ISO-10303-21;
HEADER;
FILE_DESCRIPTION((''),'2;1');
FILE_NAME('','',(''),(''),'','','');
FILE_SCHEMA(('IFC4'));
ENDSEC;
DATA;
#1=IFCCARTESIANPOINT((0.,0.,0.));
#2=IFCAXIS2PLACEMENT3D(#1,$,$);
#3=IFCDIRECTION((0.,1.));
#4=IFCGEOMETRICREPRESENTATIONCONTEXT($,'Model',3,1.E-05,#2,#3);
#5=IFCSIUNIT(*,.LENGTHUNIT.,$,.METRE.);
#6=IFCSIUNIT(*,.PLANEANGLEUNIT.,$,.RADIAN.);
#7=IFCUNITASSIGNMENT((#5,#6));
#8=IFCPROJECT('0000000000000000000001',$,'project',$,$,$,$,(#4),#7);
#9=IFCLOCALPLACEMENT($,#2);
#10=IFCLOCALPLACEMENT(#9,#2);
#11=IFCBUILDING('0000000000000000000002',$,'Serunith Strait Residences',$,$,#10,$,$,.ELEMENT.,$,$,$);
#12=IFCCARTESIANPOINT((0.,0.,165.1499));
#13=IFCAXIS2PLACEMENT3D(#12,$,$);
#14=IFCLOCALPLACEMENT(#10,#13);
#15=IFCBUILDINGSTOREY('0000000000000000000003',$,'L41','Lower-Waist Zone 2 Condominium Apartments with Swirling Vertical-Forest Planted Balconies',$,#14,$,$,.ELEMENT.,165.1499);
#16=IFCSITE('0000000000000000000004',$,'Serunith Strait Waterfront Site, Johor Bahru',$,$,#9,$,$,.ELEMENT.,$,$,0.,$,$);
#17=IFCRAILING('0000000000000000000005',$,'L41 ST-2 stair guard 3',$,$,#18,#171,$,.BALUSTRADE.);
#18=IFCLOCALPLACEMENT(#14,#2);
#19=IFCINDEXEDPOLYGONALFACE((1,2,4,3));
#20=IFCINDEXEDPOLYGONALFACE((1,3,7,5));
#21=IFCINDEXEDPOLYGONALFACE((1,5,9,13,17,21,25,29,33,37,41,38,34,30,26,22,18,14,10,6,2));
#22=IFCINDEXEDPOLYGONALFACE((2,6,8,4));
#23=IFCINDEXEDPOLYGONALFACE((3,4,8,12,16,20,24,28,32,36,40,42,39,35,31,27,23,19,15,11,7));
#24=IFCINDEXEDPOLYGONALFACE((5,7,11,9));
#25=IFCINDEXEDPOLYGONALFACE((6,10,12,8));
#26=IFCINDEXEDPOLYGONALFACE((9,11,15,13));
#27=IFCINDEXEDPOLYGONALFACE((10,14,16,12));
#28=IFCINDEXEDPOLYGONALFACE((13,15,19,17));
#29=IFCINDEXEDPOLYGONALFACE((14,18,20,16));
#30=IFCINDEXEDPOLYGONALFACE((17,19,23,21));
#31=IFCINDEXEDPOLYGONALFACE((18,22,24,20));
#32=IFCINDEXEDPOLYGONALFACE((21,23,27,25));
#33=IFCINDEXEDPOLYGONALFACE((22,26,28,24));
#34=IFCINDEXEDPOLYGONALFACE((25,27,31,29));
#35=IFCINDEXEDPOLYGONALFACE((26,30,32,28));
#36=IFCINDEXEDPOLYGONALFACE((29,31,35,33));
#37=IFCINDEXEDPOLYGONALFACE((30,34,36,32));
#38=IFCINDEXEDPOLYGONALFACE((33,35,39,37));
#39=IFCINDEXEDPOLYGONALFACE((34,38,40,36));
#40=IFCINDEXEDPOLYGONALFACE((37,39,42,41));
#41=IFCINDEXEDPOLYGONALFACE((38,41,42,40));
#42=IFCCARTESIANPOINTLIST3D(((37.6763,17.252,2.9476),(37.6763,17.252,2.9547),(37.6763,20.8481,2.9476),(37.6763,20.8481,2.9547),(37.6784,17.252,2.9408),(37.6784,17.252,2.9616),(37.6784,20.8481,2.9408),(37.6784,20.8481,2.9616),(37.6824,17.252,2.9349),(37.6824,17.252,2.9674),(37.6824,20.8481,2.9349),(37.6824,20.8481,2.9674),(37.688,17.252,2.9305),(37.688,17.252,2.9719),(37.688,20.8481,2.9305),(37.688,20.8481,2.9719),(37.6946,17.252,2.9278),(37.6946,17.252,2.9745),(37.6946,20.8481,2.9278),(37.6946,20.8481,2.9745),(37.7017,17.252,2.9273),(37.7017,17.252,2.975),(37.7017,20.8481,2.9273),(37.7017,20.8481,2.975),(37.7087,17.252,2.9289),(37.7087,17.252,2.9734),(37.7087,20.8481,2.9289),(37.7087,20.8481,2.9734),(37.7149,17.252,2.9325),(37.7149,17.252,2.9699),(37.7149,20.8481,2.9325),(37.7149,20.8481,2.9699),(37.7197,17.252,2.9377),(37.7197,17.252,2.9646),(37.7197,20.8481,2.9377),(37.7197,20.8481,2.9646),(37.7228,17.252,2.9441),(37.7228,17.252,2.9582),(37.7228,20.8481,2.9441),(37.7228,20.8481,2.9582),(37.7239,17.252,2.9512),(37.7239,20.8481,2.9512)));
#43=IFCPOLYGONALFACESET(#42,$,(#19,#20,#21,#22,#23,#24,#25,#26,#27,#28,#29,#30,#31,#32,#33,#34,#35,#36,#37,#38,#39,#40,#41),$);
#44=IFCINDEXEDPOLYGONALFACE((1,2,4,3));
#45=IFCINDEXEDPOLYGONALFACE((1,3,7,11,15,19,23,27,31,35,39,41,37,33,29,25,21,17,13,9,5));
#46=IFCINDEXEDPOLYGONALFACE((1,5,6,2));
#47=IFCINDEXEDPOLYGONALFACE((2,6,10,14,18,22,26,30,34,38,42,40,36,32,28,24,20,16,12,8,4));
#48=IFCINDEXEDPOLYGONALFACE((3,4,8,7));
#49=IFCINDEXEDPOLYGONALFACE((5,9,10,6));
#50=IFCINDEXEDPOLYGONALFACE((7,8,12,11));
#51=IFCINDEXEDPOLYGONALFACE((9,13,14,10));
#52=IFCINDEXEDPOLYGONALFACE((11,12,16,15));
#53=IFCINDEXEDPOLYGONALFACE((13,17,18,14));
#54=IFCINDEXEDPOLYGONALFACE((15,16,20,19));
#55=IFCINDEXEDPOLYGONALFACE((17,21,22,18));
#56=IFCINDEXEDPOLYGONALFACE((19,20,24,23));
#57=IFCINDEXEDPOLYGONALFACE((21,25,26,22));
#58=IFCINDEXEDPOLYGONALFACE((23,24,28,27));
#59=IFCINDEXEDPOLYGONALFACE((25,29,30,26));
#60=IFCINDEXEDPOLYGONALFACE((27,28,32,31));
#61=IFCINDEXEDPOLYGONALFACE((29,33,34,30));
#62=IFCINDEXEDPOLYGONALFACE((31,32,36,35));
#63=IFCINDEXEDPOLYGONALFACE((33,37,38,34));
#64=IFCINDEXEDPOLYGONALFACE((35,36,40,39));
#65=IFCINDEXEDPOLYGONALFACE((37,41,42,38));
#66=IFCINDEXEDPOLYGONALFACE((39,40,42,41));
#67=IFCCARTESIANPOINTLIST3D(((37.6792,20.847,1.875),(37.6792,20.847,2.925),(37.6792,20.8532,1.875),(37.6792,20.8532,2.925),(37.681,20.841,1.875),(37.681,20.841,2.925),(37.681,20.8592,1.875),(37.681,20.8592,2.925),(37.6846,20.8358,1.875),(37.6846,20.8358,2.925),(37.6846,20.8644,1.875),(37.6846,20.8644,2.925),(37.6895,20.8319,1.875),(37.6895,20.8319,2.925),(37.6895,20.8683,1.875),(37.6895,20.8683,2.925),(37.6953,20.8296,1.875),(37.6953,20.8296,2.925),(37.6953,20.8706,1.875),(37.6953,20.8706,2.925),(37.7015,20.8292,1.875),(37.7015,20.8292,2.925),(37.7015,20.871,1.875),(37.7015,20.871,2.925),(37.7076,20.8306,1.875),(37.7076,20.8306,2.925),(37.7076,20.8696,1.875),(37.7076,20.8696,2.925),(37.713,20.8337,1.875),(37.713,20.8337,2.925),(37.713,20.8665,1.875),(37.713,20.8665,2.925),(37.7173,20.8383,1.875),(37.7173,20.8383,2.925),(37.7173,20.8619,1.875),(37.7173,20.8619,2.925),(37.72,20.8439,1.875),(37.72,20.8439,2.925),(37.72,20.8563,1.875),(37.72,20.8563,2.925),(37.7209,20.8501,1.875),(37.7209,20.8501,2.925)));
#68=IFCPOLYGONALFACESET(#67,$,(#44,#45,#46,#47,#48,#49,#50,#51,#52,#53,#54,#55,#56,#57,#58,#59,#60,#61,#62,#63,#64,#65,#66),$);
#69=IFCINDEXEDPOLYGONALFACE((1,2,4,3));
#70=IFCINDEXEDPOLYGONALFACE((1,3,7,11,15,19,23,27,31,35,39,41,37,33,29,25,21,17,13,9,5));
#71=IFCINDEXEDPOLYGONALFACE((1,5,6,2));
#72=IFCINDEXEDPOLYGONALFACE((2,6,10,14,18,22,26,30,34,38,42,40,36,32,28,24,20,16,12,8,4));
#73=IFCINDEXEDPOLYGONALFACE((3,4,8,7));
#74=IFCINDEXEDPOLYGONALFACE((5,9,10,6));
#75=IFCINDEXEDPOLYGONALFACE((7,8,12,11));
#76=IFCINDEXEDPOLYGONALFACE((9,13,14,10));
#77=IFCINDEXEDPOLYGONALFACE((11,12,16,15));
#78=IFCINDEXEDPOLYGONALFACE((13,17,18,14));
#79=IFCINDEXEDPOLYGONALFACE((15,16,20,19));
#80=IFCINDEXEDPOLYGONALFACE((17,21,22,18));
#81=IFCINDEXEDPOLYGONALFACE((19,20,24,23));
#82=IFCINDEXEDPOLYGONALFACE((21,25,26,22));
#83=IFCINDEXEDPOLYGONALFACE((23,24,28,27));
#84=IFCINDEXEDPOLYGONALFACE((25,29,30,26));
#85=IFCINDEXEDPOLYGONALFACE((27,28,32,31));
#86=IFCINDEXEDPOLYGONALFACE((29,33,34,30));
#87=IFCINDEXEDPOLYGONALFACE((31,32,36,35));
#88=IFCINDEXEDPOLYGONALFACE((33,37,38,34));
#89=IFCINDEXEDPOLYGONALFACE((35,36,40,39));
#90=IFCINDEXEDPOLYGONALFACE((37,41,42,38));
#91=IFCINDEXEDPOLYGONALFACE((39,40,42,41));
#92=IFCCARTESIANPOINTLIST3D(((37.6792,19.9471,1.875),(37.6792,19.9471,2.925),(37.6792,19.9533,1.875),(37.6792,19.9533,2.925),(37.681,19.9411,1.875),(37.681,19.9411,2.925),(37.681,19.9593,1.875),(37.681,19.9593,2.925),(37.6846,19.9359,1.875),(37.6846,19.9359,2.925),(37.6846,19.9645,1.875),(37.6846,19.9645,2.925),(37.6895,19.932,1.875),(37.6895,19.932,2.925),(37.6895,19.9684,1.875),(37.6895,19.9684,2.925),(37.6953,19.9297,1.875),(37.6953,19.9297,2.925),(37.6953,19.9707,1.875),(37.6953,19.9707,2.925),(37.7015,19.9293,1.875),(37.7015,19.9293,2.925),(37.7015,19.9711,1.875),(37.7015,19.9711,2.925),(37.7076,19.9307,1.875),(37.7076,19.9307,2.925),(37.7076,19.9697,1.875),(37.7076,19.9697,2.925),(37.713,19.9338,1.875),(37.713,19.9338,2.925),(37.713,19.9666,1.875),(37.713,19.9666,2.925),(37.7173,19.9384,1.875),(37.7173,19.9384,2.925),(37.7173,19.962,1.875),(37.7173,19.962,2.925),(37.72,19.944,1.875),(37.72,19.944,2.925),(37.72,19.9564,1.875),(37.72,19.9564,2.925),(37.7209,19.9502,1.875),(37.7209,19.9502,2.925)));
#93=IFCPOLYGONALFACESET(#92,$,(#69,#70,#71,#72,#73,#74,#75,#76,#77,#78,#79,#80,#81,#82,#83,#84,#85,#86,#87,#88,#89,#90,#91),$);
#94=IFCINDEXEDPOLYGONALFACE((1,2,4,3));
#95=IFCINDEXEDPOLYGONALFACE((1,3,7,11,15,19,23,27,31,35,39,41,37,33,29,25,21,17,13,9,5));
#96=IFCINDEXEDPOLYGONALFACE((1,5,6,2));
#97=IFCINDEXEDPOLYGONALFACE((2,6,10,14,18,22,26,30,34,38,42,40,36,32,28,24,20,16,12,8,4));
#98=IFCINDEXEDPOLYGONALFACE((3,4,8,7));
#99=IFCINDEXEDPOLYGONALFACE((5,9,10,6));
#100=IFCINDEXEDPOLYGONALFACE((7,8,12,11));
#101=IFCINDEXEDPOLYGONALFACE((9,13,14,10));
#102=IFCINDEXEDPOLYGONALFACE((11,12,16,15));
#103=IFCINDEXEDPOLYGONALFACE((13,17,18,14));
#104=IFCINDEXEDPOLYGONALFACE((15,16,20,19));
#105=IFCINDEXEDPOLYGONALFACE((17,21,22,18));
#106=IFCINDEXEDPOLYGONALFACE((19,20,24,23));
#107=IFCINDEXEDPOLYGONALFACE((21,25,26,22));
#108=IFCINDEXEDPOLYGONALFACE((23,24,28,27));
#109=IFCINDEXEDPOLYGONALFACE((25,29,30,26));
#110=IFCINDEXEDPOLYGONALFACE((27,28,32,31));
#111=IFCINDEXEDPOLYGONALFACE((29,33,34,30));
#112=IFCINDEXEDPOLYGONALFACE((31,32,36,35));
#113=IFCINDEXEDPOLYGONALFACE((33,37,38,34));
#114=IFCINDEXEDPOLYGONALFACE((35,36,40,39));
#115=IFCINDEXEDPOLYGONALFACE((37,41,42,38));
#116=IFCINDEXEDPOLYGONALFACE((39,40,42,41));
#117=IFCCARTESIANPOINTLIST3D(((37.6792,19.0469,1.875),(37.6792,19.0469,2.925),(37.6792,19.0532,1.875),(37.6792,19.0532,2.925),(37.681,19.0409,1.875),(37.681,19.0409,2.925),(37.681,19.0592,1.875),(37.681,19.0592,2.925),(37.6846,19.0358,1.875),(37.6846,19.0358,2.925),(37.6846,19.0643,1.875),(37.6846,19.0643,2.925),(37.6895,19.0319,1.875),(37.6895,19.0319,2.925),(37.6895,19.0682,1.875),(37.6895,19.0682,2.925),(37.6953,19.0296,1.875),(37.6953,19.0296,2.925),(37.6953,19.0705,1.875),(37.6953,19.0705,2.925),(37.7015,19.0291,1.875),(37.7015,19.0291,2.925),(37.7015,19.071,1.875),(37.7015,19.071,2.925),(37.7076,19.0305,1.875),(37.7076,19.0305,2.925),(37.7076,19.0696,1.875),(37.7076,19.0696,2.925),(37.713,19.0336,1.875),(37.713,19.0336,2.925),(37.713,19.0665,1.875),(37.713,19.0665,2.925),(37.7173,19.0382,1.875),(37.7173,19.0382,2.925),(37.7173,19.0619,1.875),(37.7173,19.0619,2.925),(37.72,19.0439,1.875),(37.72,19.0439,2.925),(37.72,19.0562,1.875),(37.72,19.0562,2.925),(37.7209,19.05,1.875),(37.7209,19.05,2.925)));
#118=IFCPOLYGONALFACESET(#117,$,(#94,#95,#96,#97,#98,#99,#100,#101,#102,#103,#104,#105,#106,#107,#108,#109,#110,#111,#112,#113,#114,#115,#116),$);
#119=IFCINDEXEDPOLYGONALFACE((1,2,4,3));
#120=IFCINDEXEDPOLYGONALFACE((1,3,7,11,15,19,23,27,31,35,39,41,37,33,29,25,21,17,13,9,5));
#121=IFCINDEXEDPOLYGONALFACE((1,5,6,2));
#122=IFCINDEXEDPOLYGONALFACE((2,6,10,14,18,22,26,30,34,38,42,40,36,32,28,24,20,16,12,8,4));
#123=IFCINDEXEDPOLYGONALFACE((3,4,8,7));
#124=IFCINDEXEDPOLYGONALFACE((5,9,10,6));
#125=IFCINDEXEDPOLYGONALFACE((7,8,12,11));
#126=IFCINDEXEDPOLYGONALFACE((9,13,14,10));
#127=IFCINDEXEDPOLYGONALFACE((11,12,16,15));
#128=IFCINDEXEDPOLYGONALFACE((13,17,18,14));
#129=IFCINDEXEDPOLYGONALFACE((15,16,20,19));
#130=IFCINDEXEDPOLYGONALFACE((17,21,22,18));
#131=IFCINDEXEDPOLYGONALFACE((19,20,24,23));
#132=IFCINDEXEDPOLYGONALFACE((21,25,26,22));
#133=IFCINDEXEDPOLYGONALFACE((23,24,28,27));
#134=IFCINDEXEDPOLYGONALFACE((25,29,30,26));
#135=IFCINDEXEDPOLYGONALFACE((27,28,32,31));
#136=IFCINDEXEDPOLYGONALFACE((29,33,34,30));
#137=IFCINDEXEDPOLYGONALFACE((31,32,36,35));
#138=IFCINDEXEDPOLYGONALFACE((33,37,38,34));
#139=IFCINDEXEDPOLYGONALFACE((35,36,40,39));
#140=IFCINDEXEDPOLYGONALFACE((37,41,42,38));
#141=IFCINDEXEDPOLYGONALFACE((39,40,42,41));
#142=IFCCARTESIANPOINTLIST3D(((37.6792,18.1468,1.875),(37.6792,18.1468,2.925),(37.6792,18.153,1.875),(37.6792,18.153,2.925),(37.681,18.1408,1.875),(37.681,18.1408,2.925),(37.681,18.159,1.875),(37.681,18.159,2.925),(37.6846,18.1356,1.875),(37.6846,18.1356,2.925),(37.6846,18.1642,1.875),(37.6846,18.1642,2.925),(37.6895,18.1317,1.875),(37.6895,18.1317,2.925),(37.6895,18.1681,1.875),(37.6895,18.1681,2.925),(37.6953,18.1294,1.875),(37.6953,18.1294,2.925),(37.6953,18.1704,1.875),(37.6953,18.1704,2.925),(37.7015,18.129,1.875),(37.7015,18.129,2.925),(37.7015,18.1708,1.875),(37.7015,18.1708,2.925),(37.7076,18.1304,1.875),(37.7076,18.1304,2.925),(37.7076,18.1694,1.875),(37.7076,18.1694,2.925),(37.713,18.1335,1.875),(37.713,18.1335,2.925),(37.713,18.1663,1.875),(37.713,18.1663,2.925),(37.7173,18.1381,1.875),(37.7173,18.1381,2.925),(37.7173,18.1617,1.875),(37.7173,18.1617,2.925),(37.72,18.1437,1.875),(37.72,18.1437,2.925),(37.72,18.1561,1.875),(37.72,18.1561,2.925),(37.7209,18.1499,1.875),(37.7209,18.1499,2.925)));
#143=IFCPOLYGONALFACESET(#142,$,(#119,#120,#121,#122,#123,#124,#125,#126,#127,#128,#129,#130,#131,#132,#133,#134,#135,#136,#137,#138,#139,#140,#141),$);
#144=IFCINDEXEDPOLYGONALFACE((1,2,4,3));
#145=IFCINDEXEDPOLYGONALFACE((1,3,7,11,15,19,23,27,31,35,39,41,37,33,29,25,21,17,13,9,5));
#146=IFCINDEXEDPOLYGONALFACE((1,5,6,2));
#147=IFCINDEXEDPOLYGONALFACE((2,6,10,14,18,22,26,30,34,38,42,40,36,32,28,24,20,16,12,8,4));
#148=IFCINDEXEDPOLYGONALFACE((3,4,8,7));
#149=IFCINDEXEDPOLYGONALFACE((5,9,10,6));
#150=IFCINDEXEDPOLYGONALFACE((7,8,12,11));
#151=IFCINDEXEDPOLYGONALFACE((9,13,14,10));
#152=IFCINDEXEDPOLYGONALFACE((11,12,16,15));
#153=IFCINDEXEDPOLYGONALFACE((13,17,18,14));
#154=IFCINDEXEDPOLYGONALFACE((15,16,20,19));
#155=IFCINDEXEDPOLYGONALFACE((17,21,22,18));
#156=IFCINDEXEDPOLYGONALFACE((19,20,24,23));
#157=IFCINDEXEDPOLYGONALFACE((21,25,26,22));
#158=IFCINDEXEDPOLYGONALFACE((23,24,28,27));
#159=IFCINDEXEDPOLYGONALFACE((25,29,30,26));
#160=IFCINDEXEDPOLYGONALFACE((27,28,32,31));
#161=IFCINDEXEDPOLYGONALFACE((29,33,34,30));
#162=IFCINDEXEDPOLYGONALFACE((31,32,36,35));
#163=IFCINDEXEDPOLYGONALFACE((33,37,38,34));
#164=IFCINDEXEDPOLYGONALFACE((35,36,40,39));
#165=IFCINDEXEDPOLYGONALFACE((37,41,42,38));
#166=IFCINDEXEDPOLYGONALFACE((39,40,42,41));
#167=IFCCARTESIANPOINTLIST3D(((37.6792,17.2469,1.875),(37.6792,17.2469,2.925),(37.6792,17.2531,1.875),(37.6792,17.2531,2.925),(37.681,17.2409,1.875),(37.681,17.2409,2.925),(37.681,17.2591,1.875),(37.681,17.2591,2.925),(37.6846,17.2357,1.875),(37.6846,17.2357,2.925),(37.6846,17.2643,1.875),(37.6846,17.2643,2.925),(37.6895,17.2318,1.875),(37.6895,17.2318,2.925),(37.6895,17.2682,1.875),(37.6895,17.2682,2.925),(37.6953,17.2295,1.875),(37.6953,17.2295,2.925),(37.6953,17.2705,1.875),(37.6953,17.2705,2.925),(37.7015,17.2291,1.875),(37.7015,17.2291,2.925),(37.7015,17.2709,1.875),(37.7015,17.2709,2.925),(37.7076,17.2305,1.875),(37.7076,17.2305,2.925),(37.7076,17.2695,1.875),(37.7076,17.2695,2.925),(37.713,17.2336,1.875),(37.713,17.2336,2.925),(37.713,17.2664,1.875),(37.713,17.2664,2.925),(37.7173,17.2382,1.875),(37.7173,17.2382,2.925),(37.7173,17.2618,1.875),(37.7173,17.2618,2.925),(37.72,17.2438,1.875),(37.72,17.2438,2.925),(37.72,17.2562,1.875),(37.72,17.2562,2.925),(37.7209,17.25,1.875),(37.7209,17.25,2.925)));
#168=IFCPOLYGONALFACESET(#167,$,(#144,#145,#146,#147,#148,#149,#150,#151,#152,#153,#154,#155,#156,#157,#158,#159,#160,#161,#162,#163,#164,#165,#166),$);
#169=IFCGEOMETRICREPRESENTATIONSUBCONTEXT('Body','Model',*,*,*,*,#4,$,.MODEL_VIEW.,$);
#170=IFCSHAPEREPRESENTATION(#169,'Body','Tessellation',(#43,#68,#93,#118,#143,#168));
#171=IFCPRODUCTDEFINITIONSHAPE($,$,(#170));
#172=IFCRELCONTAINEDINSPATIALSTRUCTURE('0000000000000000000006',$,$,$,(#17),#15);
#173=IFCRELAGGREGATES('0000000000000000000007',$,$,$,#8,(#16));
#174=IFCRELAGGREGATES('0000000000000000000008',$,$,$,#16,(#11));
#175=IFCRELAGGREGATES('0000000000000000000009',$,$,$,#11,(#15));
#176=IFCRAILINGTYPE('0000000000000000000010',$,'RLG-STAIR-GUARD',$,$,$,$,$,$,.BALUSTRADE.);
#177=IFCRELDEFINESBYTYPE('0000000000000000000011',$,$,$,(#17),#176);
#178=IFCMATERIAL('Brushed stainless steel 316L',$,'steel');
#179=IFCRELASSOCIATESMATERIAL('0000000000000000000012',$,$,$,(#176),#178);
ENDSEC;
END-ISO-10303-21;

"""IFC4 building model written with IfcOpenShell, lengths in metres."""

from ifc_helpers import new_model, si_unit, direction, frame, origin, origin_2d, place, context, subcontext, project, spatial, circle, extrude, material, type_object, element, save


model = new_model("IFC4")

# Units and contexts
model_context = context("Model", 3, precision=1e-05, world=origin(), true_north=direction((0.0, 1.0)))
body_context = subcontext(model_context, "Body", "Model", "MODEL_VIEW")
ifc_project = project(units=[si_unit("LENGTHUNIT", "METRE"), si_unit("PLANEANGLEUNIT", "RADIAN")], contexts=[model_context])

# Site, building, storey
site_placement = place(None, origin())
site = spatial("IfcSite", under=ifc_project, at=site_placement, Name="Serunith Strait Waterfront Site, Johor Bahru", CompositionType="ELEMENT", RefElevation=0.0)
building_placement = place(site_placement, origin())
building = spatial("IfcBuilding", under=site, at=building_placement, Name="Serunith Strait Residences", CompositionType="ELEMENT")
storey_placement = place(building_placement, frame((0.0, 0.0, 165.1499)))
storey = spatial("IfcBuildingStorey", under=building, at=storey_placement, Name="L41", Description="Lower-Waist Zone 2 Condominium Apartments with Swirling Vertical-Forest Planted Balconies", CompositionType="ELEMENT", Elevation=165.1499)

# Railing
ifc_material_1 = material(Name="Brushed stainless steel 316L", Category="steel")
railing_type_1 = type_object("IfcRailingType", Name="RLG-STAIR-GUARD", PredefinedType="BALUSTRADE", material=ifc_material_1)
for number, where, name in (
    (1, (37.7, 20.8501, 1.875), "L41 ST-2 stair guard 3"),
):
    element("IfcRailing", number, at=place(storey_placement, frame(where)), inside=storey, type_object=railing_type_1, Name=name, PredefinedType="BALUSTRADE", context=body_context, shape_type="SweptSolid", body=[
        extrude(circle(Radius=0.0239, at=origin_2d()), frame((0.0, -0.002, 1.0762), z_axis=(0.0, -1.0, 0.0), x_axis=(1.0, 0.0, 0.0)), (0.0, 0.0, 1.0), 3.5962),
        extrude(circle(Radius=0.021, at=origin_2d()), origin(), (0.0, 0.0, 1.0), 1.05),
        extrude(circle(Radius=0.021, at=origin_2d()), frame((0.0, -0.8999, 0.0)), (0.0, 0.0, 1.0), 1.05),
        extrude(circle(Radius=0.021, at=origin_2d()), frame((0.0, -1.8, 0.0)), (0.0, 0.0, 1.0), 1.05),
        extrude(circle(Radius=0.021, at=origin_2d()), frame((0.0, -2.7002, 0.0)), (0.0, 0.0, 1.0), 1.05),
        extrude(circle(Radius=0.021, at=origin_2d()), frame((0.0, -3.6001, 0.0)), (0.0, 0.0, 1.0), 1.05),
    ])

save(model, "model.ifc")
